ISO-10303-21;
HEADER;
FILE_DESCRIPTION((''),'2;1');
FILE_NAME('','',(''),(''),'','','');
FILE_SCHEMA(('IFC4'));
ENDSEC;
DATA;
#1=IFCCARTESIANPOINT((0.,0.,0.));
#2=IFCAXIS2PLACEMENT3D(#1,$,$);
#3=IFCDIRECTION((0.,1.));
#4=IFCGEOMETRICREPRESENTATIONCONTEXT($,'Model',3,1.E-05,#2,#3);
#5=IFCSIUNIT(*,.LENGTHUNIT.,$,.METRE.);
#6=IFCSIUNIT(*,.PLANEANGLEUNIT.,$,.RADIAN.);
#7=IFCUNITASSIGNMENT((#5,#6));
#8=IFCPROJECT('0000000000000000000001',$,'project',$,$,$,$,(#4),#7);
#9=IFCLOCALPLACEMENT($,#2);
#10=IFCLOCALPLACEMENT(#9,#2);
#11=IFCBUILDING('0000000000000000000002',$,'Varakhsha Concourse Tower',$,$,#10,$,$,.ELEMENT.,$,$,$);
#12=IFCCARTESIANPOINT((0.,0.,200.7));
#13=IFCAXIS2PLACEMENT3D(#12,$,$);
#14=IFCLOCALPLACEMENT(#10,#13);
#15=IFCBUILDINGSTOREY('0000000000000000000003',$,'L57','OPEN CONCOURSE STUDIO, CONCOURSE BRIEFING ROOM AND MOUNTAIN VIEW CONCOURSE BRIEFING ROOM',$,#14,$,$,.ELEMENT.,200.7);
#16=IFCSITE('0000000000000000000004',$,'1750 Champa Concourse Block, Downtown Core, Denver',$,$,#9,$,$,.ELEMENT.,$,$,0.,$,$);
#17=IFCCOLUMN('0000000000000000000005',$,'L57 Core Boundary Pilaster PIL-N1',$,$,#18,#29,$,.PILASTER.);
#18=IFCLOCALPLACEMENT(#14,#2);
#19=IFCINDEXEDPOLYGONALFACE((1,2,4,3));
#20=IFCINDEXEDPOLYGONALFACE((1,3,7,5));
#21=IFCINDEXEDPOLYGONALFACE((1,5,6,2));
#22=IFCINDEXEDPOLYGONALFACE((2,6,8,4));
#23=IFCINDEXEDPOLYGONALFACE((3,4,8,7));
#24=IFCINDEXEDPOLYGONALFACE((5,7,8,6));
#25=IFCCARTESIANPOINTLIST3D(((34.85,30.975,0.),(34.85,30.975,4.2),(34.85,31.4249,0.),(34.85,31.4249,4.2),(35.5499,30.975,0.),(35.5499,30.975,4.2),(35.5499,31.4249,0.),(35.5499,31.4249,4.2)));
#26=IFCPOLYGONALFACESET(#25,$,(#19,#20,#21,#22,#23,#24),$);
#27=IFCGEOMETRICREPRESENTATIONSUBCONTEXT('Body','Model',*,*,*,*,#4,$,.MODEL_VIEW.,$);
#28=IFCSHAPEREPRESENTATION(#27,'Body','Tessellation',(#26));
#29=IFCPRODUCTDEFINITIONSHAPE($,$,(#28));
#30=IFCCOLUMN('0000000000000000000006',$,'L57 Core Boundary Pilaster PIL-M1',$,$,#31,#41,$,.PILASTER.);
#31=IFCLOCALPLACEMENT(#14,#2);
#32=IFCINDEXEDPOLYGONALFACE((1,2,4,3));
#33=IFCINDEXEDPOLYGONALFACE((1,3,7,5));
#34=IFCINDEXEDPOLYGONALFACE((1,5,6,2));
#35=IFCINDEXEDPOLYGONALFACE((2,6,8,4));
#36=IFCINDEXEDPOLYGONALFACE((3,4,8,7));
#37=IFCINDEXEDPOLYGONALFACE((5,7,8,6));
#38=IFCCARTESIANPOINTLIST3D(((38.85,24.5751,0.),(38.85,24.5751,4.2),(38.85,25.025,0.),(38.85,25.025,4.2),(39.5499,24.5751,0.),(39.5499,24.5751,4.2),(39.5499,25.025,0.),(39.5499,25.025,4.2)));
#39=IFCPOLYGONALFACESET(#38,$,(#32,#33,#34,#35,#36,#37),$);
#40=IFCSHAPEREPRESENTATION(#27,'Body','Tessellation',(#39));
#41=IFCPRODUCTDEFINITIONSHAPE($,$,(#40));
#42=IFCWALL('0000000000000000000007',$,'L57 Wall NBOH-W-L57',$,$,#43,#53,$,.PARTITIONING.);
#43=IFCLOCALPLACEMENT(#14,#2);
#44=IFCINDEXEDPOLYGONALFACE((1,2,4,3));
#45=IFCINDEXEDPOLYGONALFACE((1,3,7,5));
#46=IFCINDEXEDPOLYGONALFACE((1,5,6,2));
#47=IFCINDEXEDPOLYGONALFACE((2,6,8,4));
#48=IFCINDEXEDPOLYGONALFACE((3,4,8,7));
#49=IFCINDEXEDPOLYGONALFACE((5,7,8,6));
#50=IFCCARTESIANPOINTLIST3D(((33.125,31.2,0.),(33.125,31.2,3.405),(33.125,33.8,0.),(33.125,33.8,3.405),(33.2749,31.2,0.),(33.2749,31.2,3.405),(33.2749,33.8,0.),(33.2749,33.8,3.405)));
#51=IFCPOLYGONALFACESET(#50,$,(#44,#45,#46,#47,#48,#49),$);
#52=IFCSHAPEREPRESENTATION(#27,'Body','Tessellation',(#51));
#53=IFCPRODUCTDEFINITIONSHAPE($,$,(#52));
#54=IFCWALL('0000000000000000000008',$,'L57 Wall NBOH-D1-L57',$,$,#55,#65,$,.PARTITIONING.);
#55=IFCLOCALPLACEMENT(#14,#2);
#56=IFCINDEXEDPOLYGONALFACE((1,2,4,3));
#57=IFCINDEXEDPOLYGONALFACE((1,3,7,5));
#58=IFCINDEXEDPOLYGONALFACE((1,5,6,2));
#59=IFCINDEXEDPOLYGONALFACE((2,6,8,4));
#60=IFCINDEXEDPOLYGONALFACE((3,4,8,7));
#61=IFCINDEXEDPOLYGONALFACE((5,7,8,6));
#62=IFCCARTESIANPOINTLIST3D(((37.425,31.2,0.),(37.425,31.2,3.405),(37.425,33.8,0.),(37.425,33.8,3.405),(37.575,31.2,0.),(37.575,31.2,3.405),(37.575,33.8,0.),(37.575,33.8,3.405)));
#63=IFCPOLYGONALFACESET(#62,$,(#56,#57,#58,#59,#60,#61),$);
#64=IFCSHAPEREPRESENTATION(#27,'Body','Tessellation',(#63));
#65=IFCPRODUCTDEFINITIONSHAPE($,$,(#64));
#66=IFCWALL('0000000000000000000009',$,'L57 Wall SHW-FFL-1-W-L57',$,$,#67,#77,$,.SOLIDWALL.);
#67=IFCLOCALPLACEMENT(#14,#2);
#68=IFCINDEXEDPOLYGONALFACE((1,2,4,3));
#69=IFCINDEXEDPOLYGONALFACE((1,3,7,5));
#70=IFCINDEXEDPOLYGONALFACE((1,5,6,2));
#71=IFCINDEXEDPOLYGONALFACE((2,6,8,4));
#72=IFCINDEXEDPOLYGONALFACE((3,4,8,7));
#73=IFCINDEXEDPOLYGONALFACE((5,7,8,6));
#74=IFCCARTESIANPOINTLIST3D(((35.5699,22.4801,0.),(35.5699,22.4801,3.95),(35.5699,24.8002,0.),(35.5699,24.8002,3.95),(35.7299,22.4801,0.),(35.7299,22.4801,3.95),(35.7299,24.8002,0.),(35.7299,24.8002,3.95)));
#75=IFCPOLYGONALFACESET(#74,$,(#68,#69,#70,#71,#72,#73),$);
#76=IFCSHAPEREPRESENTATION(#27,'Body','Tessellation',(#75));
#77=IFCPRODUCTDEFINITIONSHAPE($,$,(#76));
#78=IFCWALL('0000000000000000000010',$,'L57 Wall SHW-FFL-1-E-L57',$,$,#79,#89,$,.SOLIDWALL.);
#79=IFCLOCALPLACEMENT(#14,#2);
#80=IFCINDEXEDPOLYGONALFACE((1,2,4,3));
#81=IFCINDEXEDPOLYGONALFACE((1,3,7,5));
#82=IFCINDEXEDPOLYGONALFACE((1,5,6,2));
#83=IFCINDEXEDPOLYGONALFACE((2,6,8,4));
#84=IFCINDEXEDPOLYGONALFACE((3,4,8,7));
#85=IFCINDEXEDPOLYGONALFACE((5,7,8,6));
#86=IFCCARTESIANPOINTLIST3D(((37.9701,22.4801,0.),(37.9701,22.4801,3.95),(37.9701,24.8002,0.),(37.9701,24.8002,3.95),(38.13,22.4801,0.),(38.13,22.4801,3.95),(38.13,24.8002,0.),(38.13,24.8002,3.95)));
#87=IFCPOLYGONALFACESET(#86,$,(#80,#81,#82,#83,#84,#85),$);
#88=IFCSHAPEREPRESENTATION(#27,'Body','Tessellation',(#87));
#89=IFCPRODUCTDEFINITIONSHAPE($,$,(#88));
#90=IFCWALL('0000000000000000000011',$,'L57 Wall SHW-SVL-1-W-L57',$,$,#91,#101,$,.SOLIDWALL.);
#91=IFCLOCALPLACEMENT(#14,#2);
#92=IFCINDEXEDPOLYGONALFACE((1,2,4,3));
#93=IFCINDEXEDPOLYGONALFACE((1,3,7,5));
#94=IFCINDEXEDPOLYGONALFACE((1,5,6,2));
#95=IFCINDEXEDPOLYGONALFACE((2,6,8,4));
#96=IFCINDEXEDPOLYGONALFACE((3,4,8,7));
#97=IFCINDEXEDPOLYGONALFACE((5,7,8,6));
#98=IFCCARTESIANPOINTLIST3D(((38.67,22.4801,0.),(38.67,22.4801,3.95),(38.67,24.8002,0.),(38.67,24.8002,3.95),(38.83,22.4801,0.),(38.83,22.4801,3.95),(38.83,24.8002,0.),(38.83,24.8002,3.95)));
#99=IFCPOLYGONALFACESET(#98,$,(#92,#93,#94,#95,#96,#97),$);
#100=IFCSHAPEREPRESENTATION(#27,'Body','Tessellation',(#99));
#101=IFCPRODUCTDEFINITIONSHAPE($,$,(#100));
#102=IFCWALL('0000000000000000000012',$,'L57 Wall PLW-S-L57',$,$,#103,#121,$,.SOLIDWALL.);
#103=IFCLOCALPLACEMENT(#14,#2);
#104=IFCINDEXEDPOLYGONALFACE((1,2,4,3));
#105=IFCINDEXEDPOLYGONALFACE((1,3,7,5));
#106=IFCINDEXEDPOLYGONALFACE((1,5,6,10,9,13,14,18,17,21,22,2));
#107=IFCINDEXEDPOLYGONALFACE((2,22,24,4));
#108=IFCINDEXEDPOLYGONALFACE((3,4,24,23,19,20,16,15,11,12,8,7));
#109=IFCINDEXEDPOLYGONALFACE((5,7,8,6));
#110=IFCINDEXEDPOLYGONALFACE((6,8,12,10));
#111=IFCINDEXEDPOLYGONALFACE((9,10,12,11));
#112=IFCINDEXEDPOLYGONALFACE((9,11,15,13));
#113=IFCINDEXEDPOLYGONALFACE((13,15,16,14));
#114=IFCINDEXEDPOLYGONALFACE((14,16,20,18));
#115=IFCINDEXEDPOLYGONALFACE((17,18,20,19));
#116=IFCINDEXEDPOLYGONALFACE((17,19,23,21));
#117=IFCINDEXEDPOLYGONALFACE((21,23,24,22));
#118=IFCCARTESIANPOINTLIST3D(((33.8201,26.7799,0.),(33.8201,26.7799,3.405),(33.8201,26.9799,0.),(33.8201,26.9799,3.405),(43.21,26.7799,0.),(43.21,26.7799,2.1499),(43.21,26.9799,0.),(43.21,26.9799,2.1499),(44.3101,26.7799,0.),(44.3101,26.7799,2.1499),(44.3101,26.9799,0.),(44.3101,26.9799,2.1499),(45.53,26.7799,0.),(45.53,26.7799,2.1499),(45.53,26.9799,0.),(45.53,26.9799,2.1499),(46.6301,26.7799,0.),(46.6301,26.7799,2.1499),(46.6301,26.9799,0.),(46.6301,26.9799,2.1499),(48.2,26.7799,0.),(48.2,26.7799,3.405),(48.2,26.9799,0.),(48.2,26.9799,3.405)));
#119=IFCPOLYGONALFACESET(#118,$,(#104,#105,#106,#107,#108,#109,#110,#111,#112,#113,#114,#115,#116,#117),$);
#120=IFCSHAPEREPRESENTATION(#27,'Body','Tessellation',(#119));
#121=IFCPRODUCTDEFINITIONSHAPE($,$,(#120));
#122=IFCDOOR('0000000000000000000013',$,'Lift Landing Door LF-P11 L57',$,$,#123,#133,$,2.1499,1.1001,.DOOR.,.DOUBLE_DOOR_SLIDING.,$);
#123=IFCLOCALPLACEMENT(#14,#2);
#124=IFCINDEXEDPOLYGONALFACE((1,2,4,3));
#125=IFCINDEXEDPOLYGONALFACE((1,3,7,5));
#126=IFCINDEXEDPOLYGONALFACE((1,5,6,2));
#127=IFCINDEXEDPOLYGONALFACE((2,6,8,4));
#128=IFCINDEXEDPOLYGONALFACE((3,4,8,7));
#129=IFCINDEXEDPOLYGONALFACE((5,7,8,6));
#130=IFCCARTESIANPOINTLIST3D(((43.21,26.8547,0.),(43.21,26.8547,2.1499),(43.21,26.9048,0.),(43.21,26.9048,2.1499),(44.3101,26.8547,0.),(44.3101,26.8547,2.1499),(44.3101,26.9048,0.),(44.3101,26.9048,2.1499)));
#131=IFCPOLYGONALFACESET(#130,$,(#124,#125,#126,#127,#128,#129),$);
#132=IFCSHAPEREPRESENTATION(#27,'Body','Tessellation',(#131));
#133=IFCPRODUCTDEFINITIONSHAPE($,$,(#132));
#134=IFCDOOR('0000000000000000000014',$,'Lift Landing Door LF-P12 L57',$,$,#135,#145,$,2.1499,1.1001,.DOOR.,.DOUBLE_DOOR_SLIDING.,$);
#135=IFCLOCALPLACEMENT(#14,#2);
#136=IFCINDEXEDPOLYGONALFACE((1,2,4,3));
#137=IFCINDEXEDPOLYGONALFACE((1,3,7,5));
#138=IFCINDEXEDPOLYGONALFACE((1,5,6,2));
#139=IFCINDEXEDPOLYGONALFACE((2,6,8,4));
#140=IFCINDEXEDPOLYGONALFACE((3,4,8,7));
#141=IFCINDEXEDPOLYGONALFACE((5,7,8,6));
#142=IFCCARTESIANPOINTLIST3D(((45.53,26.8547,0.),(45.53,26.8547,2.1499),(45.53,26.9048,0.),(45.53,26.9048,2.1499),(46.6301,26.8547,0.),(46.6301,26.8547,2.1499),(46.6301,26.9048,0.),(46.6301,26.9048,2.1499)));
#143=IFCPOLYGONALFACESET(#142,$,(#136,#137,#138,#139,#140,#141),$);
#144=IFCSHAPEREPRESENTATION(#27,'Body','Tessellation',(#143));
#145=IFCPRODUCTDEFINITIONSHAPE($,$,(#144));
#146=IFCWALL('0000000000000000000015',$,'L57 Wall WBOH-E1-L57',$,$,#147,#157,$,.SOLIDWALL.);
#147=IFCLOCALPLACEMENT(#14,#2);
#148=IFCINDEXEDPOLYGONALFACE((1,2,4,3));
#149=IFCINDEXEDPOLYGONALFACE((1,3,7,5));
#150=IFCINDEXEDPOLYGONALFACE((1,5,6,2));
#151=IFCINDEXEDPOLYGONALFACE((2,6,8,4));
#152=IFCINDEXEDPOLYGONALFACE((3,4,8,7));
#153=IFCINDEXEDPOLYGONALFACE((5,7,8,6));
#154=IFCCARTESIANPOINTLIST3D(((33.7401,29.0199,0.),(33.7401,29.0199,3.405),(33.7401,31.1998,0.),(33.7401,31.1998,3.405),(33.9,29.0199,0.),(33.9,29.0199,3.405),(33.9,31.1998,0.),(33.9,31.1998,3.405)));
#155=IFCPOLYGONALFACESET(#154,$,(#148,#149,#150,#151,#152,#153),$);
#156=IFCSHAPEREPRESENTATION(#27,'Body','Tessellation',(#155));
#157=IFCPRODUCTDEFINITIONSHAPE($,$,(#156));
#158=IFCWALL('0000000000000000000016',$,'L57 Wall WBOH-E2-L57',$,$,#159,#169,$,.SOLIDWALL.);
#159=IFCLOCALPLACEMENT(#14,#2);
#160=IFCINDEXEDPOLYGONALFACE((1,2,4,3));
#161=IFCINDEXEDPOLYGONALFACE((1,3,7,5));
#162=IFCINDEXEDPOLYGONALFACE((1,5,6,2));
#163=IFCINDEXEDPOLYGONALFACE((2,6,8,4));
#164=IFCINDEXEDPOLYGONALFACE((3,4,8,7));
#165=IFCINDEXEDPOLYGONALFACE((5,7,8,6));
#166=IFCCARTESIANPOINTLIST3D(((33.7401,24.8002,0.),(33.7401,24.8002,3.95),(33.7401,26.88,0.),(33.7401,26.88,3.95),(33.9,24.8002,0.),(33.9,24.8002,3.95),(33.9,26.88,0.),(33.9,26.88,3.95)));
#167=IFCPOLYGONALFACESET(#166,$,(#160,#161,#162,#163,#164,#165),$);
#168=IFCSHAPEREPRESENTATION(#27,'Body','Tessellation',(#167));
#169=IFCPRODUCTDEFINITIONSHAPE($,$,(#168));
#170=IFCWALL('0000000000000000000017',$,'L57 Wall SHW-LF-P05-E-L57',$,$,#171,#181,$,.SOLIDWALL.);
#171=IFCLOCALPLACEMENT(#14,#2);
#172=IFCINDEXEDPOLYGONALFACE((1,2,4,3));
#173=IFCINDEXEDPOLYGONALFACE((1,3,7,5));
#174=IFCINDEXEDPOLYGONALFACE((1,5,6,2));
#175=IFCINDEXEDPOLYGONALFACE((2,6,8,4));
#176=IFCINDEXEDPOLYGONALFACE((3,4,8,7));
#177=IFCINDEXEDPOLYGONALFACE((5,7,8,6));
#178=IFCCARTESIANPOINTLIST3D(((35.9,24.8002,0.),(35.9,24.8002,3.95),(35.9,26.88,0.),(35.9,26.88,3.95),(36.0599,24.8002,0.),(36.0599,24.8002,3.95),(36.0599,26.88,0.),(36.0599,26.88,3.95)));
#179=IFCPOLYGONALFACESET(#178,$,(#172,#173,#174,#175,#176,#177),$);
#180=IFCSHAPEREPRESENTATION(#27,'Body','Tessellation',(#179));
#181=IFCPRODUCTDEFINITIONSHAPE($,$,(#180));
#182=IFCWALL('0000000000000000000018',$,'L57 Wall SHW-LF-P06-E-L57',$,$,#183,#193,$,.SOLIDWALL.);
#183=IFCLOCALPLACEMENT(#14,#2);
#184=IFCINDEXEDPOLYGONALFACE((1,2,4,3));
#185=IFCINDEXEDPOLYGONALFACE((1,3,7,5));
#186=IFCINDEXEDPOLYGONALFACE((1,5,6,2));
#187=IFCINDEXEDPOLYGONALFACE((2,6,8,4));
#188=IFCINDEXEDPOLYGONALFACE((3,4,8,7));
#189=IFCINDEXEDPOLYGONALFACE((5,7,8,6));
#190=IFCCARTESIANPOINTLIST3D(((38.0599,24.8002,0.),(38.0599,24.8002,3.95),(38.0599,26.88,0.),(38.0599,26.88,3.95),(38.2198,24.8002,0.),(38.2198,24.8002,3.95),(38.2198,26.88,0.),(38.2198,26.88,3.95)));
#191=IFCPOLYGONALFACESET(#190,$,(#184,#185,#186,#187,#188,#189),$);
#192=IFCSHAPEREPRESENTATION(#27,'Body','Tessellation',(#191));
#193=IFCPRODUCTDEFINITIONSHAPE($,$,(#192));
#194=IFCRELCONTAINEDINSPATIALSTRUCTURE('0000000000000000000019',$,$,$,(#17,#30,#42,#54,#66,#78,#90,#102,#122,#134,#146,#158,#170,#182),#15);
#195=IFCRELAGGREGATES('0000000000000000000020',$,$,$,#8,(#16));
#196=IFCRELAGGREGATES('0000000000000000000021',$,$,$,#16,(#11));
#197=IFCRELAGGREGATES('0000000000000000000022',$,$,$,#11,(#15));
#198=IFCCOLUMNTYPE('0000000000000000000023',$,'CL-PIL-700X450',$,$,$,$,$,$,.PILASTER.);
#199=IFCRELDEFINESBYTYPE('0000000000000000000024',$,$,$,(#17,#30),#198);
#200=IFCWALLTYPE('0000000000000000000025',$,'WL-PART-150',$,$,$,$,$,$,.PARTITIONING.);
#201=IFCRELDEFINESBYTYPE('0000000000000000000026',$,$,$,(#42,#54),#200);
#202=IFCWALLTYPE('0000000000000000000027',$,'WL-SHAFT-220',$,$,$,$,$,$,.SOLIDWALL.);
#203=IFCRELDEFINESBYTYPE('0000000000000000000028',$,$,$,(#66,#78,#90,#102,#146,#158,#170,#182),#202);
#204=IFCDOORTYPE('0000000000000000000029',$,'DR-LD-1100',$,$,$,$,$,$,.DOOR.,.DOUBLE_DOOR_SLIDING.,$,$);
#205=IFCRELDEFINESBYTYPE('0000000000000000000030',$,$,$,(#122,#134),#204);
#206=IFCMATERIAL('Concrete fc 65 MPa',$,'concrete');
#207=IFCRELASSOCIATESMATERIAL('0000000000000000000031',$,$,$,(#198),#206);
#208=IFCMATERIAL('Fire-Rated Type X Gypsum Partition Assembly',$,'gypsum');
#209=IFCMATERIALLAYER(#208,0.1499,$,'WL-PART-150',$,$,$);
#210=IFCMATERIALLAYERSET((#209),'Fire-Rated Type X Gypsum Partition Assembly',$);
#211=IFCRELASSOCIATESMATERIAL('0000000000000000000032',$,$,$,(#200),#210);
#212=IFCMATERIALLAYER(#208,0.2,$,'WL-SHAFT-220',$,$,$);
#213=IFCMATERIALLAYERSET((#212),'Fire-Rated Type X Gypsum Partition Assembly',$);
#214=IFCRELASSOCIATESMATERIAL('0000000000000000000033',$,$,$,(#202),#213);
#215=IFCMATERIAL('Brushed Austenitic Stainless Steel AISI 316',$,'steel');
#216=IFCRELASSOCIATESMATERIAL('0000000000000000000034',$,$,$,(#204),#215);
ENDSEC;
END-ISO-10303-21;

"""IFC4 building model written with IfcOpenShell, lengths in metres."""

from ifc_helpers import new_model, si_unit, direction, frame, frame_2d, origin, origin_2d, place, context, subcontext, project, spatial, rectangle, extrude, material, layer, layer_set, material_profile, profile_set, type_object, element, fill, save


model = new_model("IFC4")

# Units and contexts
model_context = context("Model", 3, precision=1e-05, world=origin(), true_north=direction((0.0, 1.0)))
body_context = subcontext(model_context, "Body", "Model", "MODEL_VIEW")
ifc_project = project(units=[si_unit("LENGTHUNIT", "METRE"), si_unit("PLANEANGLEUNIT", "RADIAN")], contexts=[model_context])

# Site, building, storey
site_placement = place(None, origin())
site = spatial("IfcSite", under=ifc_project, at=site_placement, Name="1750 Champa Concourse Block, Downtown Core, Denver", CompositionType="ELEMENT", RefElevation=0.0)
building_placement = place(site_placement, origin())
building = spatial("IfcBuilding", under=site, at=building_placement, Name="Varakhsha Concourse Tower", CompositionType="ELEMENT")
storey_placement = place(building_placement, frame((0.0, 0.0, 200.7)))
storey = spatial("IfcBuildingStorey", under=building, at=storey_placement, Name="L57", Description="OPEN CONCOURSE STUDIO, CONCOURSE BRIEFING ROOM AND MOUNTAIN VIEW CONCOURSE BRIEFING ROOM", CompositionType="ELEMENT", Elevation=200.7)

# Columns
ifc_material_1 = material(Name="Concrete fc 65 MPa", Category="concrete")
ifc_material_profile = material_profile(ifc_material_1, rectangle(XDim=0.7, YDim=0.45, at=origin_2d()), Name="RC 700x450")
ifc_profile_set = profile_set([ifc_material_profile], Name="Concrete fc 65 MPa")
column_type = type_object("IfcColumnType", Name="CL-PIL-700X450", PredefinedType="PILASTER", material=ifc_profile_set)
for number, where, z_axis, x_axis, name in (
    (1, (35.2, 31.2, 0.0), (0.0, 0.0, 1.0), (1.0, 0.0, 0.0), "L57 Core Boundary Pilaster PIL-N1"),
    (2, (39.2, 24.8, 0.0), (0.0, 0.0, 1.0), (1.0, 0.0, 0.0), "L57 Core Boundary Pilaster PIL-M1"),
):
    element("IfcColumn", number, at=place(storey_placement, frame(where, z_axis=z_axis, x_axis=x_axis)), inside=storey, type_object=column_type, Name=name, PredefinedType="PILASTER", context=body_context, shape_type="SweptSolid", body=[
        extrude(rectangle(XDim=0.7, YDim=0.45, at=origin_2d()), origin(), (0.0, 0.0, 1.0), 4.2),
    ])

# Walls
ifc_material_2 = material(Name="Fire-Rated Type X Gypsum Partition Assembly", Category="gypsum")
ifc_layer_1 = layer(ifc_material_2, 0.1499, Name="WL-PART-150")
ifc_layer_set_1 = layer_set([ifc_layer_1], Name="Fire-Rated Type X Gypsum Partition Assembly")
wall_type_1 = type_object("IfcWallType", Name="WL-PART-150", PredefinedType="PARTITIONING", material=ifc_layer_set_1)
for number, where, z_axis, x_axis, name in (
    (3, (33.2, 31.2, 0.0), (0.0, 0.0, 1.0), (0.0, 1.0, 0.0), "L57 Wall NBOH-W-L57"),
    (4, (37.5, 31.2, 0.0), (0.0, 0.0, 1.0), (0.0, 1.0, 0.0), "L57 Wall NBOH-D1-L57"),
):
    element("IfcWall", number, at=place(storey_placement, frame(where, z_axis=z_axis, x_axis=x_axis)), inside=storey, type_object=wall_type_1, Name=name, PredefinedType="PARTITIONING", context=body_context, shape_type="SweptSolid", body=[
        extrude(rectangle(XDim=2.6001, YDim=0.1499, at=frame_2d((1.3, 0.0))), origin(), (0.0, 0.0, 1.0), 3.405),
    ])

# Shared definitions
ifc_layer_2 = layer(ifc_material_2, 0.2, Name="WL-SHAFT-220")
ifc_layer_set_2 = layer_set([ifc_layer_2], Name="Fire-Rated Type X Gypsum Partition Assembly")
wall_type_2 = type_object("IfcWallType", Name="WL-SHAFT-220", PredefinedType="SOLIDWALL", material=ifc_layer_set_2)
ifc_material_3 = material(Name="Brushed Austenitic Stainless Steel AISI 316", Category="steel")
door_type = type_object("IfcDoorType", Name="DR-LD-1100", OperationType="DOUBLE_DOOR_SLIDING", PredefinedType="DOOR", material=ifc_material_3)

# Walls
for number, where, z_axis, x_axis, name in (
    (5, (35.6499, 22.48, 0.0), (0.0, 0.0, 1.0), (0.0, 1.0, 0.0), "L57 Wall SHW-FFL-1-W-L57"),
    (6, (38.05, 22.48, 0.0), (0.0, 0.0, 1.0), (0.0, 1.0, 0.0), "L57 Wall SHW-FFL-1-E-L57"),
    (7, (38.75, 22.48, 0.0), (0.0, 0.0, 1.0), (0.0, 1.0, 0.0), "L57 Wall SHW-SVL-1-W-L57"),
):
    element("IfcWall", number, at=place(storey_placement, frame(where, z_axis=z_axis, x_axis=x_axis)), inside=storey, type_object=wall_type_2, Name=name, PredefinedType="SOLIDWALL", context=body_context, shape_type="SweptSolid", body=[
        extrude(rectangle(XDim=2.3201, YDim=0.1599, at=frame_2d((1.1602, 0.0))), origin(), (0.0, 0.0, 1.0), 3.95),
    ])

# Wall, openings, doors
wall_1_placement = place(storey_placement, frame((33.8201, 26.8799, 0.0), z_axis=(0.0, 0.0, 1.0), x_axis=(1.0, 0.0, 0.0)))
wall_1 = element("IfcWall", 8, at=wall_1_placement, inside=storey, type_object=wall_type_2, Name="L57 Wall PLW-S-L57", PredefinedType="SOLIDWALL", context=body_context, shape_type="SweptSolid", body=[
    extrude(rectangle(XDim=14.3799, YDim=0.2, at=frame_2d((7.1899, 0.0))), origin(), (0.0, 0.0, 1.0), 3.405),
])
opening_1_placement = place(wall_1_placement, frame((9.3899, 0.0, 0.0)))
opening_1 = element("IfcOpeningElement", 9, at=opening_1_placement, cuts=wall_1, PredefinedType="OPENING", context=body_context, shape_type="SweptSolid", body=[
    extrude(rectangle(XDim=1.1001, YDim=2.1499, at=frame_2d((0.55, 1.075))), frame((0.0, 0.1099, 0.0), z_axis=(0.0, -1.0, 0.0), x_axis=(1.0, 0.0, 0.0)), (0.0, 0.0, 1.0), 0.22),
])
opening_2_placement = place(wall_1_placement, frame((11.71, 0.0, 0.0)))
opening_2 = element("IfcOpeningElement", 10, at=opening_2_placement, cuts=wall_1, PredefinedType="OPENING", context=body_context, shape_type="SweptSolid", body=[
    extrude(rectangle(XDim=1.1001, YDim=2.1499, at=frame_2d((0.55, 1.075))), frame((0.0, 0.1099, 0.0), z_axis=(0.0, -1.0, 0.0), x_axis=(1.0, 0.0, 0.0)), (0.0, 0.0, 1.0), 0.22),
])
door_1_placement = place(opening_1_placement, origin())
door_1 = element("IfcDoor", 11, at=door_1_placement, inside=storey, type_object=door_type, Name="Lift Landing Door LF-P11 L57", OperationType="DOUBLE_DOOR_SLIDING", OverallHeight=2.1499, OverallWidth=1.1001, PredefinedType="DOOR", context=body_context, shape_type="SweptSolid", body=[
    extrude(rectangle(XDim=1.1001, YDim=2.1499, at=frame_2d((0.55, 1.075))), frame((0.0, 0.0249, 0.0), z_axis=(0.0, -1.0, 0.0), x_axis=(1.0, 0.0, 0.0)), (0.0, 0.0, 1.0), 0.05),
])
fill(opening_1, door_1)
door_2_placement = place(opening_2_placement, origin())
door_2 = element("IfcDoor", 12, at=door_2_placement, inside=storey, type_object=door_type, Name="Lift Landing Door LF-P12 L57", OperationType="DOUBLE_DOOR_SLIDING", OverallHeight=2.1499, OverallWidth=1.1001, PredefinedType="DOOR", context=body_context, shape_type="SweptSolid", body=[
    extrude(rectangle(XDim=1.1001, YDim=2.1499, at=frame_2d((0.55, 1.075))), frame((0.0, 0.0249, 0.0), z_axis=(0.0, -1.0, 0.0), x_axis=(1.0, 0.0, 0.0)), (0.0, 0.0, 1.0), 0.05),
])
fill(opening_2, door_2)

# Walls
wall_2_placement = place(storey_placement, frame((33.8201, 29.02, 0.0), z_axis=(0.0, 0.0, 1.0), x_axis=(0.0, 1.0, 0.0)))
element("IfcWall", 13, at=wall_2_placement, inside=storey, type_object=wall_type_2, Name="L57 Wall WBOH-E1-L57", PredefinedType="SOLIDWALL", context=body_context, shape_type="SweptSolid", body=[
    extrude(rectangle(XDim=2.1799, YDim=0.1599, at=frame_2d((1.0898, 0.0))), origin(), (0.0, 0.0, 1.0), 3.405),
])
for number, where, z_axis, x_axis, name in (
    (14, (33.8201, 24.8, 0.0), (0.0, 0.0, 1.0), (0.0, 1.0, 0.0), "L57 Wall WBOH-E2-L57"),
    (15, (35.98, 24.8, 0.0), (0.0, 0.0, 1.0), (0.0, 1.0, 0.0), "L57 Wall SHW-LF-P05-E-L57"),
    (16, (38.1399, 24.8, 0.0), (0.0, 0.0, 1.0), (0.0, 1.0, 0.0), "L57 Wall SHW-LF-P06-E-L57"),
):
    element("IfcWall", number, at=place(storey_placement, frame(where, z_axis=z_axis, x_axis=x_axis)), inside=storey, type_object=wall_type_2, Name=name, PredefinedType="SOLIDWALL", context=body_context, shape_type="SweptSolid", body=[
        extrude(rectangle(XDim=2.0798, YDim=0.1599, at=frame_2d((1.04, 0.0))), origin(), (0.0, 0.0, 1.0), 3.95),
    ])

save(model, "model.ifc")
